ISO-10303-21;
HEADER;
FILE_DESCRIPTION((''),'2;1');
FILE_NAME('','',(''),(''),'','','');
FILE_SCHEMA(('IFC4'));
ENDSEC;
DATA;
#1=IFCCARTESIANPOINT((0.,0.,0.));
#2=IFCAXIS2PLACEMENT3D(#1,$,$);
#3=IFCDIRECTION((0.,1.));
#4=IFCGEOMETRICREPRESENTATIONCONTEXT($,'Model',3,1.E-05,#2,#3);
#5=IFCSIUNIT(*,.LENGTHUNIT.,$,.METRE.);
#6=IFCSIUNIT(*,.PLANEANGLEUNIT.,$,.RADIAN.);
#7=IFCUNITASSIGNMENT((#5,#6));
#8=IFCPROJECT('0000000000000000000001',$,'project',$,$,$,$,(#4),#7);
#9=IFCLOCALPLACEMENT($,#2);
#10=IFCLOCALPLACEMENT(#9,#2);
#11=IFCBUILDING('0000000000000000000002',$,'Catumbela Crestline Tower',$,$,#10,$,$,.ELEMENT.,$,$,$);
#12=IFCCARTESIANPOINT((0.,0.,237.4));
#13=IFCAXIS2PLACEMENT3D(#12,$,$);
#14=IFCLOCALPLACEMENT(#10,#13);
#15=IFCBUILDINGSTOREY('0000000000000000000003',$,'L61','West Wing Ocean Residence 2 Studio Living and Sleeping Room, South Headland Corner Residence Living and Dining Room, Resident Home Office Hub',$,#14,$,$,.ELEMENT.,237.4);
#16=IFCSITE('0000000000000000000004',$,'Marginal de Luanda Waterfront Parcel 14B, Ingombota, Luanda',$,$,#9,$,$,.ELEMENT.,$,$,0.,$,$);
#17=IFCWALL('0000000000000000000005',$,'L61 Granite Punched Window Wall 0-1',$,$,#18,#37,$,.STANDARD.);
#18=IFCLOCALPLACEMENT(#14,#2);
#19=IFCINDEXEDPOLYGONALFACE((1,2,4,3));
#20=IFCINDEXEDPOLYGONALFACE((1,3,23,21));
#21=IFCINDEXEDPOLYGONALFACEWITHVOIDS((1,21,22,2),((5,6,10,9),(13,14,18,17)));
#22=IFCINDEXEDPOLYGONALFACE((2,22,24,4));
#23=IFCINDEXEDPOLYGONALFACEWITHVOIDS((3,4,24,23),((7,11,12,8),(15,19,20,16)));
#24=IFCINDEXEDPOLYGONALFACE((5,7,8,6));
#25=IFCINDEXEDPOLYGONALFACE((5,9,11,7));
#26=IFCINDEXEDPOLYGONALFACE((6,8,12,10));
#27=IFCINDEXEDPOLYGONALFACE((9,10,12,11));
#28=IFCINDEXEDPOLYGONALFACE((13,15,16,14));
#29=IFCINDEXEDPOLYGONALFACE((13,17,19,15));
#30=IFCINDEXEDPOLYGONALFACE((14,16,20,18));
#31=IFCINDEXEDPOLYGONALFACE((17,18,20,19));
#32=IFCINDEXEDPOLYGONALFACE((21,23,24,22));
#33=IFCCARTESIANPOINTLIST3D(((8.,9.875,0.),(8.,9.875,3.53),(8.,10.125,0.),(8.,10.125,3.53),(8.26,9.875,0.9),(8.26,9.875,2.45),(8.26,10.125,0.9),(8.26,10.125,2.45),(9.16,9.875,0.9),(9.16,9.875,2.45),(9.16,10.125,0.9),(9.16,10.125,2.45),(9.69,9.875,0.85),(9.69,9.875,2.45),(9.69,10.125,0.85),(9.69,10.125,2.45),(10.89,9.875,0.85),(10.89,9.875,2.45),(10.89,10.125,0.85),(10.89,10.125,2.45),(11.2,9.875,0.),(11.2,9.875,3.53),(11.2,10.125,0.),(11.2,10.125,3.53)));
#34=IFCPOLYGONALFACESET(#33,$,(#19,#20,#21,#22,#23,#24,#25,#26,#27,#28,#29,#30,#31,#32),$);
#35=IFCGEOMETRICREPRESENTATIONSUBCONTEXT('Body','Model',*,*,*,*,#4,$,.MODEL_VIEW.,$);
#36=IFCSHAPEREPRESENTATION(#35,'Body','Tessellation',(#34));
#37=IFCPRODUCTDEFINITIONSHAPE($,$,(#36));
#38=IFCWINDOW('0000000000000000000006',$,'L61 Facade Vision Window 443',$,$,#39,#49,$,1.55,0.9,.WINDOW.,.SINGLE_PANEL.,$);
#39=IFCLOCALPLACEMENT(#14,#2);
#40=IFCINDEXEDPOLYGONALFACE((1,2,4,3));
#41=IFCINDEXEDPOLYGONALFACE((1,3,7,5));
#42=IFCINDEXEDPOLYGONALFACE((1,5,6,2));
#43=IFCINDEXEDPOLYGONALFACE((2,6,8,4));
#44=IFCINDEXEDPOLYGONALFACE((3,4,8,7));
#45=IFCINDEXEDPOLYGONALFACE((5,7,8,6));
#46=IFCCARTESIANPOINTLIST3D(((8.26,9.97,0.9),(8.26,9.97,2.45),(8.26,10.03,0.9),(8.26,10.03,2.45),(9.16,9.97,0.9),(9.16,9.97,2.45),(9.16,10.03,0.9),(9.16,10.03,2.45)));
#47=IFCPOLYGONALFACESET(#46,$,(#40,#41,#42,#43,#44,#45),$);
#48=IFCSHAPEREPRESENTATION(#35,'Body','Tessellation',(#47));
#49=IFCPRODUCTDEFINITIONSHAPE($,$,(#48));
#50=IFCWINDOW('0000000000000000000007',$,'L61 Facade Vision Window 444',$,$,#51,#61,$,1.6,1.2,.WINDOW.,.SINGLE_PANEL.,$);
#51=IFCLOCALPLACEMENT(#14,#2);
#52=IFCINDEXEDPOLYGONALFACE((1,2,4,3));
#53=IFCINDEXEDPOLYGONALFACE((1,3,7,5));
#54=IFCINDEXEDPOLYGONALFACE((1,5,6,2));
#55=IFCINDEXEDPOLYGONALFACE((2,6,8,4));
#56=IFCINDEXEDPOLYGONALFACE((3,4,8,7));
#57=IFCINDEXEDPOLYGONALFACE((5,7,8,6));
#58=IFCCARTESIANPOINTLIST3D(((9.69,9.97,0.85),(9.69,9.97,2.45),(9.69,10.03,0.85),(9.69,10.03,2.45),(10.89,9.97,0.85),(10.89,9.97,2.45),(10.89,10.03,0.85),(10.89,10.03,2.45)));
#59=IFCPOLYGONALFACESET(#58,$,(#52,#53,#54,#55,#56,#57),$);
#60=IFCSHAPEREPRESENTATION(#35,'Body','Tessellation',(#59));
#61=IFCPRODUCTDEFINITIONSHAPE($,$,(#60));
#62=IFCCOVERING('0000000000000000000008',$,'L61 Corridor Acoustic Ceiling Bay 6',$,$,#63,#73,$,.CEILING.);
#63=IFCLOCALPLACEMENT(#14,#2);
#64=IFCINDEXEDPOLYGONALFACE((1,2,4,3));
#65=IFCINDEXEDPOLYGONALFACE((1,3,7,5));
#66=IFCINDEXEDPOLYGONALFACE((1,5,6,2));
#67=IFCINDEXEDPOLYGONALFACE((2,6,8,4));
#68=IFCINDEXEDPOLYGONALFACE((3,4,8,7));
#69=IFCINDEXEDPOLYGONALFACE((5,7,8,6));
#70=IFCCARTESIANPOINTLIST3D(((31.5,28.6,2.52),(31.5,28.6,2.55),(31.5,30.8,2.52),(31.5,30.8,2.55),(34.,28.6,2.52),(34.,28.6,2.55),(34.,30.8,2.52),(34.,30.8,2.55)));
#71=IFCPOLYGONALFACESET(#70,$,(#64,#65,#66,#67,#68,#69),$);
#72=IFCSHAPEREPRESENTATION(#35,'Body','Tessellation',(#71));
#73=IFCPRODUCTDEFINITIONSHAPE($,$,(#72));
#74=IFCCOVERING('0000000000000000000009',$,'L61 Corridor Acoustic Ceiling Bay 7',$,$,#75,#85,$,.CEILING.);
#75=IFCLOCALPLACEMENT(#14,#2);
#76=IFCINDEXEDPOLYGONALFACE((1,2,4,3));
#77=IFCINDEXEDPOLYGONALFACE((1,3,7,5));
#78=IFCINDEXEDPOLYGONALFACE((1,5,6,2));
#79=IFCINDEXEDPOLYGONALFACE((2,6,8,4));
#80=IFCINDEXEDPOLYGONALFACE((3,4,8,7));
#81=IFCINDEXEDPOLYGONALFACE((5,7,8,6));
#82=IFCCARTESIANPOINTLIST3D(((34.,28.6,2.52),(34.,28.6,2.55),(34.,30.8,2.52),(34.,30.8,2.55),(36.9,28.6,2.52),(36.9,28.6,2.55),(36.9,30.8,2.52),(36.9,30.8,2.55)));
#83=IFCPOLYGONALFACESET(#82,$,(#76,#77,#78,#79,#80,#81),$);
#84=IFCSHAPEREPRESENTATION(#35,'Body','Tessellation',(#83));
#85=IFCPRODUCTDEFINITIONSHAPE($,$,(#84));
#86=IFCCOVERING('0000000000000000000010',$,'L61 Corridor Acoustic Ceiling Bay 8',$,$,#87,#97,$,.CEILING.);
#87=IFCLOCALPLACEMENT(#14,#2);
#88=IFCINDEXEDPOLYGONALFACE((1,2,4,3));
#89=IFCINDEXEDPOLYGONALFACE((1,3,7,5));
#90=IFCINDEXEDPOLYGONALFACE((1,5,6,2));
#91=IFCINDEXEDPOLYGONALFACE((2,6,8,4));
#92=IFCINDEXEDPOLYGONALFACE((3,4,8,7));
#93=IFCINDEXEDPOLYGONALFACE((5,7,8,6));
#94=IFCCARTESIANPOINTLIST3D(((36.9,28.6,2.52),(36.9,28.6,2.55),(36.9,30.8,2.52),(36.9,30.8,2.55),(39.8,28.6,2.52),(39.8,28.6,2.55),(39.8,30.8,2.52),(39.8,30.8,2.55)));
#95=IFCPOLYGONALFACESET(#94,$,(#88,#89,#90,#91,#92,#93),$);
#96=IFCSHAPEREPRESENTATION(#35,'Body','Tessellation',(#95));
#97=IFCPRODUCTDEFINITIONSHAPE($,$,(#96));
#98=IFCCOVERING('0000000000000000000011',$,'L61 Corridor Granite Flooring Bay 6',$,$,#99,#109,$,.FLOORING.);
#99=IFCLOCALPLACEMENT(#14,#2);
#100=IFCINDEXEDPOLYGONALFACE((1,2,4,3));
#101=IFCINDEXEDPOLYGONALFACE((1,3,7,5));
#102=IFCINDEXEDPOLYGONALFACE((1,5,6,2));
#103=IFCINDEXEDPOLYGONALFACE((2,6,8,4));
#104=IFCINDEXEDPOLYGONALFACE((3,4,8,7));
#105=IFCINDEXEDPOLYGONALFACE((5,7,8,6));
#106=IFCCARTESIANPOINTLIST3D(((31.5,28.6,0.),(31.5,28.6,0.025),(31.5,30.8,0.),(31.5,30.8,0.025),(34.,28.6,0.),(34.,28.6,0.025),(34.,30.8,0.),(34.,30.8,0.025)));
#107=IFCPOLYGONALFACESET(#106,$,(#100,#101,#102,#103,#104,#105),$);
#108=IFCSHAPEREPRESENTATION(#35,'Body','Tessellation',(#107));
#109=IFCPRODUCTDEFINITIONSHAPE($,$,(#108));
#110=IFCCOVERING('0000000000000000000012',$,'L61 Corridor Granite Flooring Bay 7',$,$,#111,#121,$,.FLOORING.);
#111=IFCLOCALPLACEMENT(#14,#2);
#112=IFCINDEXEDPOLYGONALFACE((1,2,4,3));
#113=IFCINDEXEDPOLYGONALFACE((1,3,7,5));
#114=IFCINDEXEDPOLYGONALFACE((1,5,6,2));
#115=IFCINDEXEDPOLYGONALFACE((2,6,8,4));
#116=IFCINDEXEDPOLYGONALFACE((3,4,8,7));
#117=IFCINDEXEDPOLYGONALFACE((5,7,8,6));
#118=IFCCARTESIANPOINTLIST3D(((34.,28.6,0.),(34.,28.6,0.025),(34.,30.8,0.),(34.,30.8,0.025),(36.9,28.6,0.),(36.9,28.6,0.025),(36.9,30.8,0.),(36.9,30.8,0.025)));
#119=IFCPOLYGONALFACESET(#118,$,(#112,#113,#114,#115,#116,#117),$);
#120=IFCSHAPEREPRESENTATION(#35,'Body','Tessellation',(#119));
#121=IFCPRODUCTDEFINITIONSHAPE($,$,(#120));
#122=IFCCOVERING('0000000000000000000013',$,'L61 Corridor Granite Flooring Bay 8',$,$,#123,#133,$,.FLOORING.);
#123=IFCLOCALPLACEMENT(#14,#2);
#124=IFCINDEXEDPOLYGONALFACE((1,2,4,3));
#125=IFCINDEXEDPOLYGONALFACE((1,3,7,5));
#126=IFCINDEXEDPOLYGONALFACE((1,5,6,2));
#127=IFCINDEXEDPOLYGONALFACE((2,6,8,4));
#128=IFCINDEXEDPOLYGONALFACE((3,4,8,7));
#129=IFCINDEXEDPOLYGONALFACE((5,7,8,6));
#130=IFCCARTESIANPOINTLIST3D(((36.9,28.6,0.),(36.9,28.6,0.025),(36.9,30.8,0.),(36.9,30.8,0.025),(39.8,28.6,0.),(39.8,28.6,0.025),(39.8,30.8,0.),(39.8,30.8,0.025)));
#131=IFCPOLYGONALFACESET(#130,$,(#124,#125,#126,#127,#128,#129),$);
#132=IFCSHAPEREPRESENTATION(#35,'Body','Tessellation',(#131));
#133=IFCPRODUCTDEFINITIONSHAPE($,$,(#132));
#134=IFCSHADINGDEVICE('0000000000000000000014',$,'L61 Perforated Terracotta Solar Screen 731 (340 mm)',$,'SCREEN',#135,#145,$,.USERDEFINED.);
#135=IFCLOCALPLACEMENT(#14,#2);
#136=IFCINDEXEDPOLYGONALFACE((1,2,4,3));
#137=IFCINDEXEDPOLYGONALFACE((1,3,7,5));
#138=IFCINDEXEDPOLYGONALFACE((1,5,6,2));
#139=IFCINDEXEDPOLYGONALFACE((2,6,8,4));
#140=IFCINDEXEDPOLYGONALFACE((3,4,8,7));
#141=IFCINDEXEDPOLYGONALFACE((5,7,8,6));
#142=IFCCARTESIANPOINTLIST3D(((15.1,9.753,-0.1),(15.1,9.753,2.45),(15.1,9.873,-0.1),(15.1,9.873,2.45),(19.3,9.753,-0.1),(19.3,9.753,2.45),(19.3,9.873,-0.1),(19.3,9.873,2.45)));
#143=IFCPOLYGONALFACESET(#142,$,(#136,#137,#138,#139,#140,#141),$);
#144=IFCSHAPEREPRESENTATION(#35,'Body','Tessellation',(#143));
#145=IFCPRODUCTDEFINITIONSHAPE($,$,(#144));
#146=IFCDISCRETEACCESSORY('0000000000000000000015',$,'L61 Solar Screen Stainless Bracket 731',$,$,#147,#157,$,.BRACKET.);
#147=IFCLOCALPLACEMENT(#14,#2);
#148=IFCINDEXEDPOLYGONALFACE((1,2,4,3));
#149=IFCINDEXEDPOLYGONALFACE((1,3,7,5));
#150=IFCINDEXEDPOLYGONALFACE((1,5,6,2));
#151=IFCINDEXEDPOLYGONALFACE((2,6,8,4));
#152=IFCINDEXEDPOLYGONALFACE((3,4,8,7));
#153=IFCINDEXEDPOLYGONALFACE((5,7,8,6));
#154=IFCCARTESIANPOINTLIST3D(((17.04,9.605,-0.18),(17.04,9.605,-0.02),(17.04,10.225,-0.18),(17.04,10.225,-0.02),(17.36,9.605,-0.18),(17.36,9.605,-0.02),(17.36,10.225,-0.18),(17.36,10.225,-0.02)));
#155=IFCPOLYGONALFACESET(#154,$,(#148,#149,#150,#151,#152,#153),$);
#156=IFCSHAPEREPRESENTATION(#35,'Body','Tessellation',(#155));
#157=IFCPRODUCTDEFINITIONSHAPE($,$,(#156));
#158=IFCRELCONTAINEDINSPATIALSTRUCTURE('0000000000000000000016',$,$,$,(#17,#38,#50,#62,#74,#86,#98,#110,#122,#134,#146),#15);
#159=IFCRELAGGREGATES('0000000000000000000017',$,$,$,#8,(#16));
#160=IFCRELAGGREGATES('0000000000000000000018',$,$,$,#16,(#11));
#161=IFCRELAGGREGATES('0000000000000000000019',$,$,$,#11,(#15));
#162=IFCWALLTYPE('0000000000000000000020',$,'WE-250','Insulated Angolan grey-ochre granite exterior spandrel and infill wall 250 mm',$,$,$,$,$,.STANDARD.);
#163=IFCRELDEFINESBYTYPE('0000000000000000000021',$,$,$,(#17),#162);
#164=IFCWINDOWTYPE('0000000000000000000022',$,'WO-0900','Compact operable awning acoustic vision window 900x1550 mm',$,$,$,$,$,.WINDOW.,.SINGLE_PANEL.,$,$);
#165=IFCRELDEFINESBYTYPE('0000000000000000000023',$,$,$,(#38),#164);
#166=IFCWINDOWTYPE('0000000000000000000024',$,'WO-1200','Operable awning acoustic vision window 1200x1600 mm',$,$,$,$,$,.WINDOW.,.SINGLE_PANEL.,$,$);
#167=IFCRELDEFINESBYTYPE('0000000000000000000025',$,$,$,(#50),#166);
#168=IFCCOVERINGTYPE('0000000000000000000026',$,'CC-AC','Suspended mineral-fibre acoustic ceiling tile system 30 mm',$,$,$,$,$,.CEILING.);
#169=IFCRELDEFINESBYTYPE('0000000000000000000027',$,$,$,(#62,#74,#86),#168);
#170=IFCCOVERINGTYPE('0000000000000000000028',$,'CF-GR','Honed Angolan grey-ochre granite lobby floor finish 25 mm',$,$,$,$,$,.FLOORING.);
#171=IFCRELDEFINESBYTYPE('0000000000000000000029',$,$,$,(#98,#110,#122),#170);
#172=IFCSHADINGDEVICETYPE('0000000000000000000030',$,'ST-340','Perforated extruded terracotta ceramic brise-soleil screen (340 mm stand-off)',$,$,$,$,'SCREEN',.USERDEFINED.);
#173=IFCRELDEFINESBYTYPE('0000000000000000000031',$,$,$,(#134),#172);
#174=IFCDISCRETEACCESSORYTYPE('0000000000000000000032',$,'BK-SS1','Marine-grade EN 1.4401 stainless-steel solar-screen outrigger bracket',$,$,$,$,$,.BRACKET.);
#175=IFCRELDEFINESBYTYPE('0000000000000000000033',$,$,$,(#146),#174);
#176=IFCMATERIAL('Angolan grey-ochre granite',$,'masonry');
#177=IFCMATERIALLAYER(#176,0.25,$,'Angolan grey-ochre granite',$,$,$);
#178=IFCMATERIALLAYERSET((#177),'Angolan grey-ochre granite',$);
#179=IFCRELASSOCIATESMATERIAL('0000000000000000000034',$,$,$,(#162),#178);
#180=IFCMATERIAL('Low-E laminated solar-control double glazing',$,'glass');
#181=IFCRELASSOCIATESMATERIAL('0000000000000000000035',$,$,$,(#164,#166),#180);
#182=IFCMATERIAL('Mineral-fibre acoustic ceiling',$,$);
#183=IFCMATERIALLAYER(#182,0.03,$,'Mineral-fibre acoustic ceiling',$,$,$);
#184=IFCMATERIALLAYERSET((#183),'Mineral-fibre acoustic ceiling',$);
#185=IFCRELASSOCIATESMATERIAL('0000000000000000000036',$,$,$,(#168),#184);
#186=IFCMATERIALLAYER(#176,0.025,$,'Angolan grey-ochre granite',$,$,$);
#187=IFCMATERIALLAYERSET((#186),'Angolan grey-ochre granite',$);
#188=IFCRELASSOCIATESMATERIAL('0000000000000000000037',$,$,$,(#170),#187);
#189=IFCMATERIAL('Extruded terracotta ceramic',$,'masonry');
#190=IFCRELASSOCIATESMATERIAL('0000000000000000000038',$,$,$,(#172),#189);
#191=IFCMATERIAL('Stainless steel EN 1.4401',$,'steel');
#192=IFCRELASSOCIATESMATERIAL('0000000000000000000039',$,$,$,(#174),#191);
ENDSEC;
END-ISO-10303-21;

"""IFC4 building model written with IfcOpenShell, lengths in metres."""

from ifc_helpers import new_model, si_unit, direction, frame, frame_2d, origin, origin_2d, place, context, subcontext, project, spatial, polyline, rectangle, outline, extrude, material, layer, layer_set, type_object, element, fill, save


model = new_model("IFC4")

# Units and contexts
model_context = context("Model", 3, precision=1e-05, world=origin(), true_north=direction((0.0, 1.0)))
body_context = subcontext(model_context, "Body", "Model", "MODEL_VIEW")
ifc_project = project(units=[si_unit("LENGTHUNIT", "METRE"), si_unit("PLANEANGLEUNIT", "RADIAN")], contexts=[model_context])

# Site, building, storey
site_placement = place(None, origin())
site = spatial("IfcSite", under=ifc_project, at=site_placement, Name="Marginal de Luanda Waterfront Parcel 14B, Ingombota, Luanda", CompositionType="ELEMENT", RefElevation=0.0)
building_placement = place(site_placement, origin())
building = spatial("IfcBuilding", under=site, at=building_placement, Name="Catumbela Crestline Tower", CompositionType="ELEMENT")
storey_placement = place(building_placement, frame((0.0, 0.0, 237.4)))
storey = spatial("IfcBuildingStorey", under=building, at=storey_placement, Name="L61", Description="West Wing Ocean Residence 2 Studio Living and Sleeping Room, South Headland Corner Residence Living and Dining Room, Resident Home Office Hub", CompositionType="ELEMENT", Elevation=237.4)

# Shared definitions
ifc_material_1 = material(Name="Low-E laminated solar-control double glazing", Category="glass")

# Shared definitions
ifc_material_2 = material(Name="Angolan grey-ochre granite", Category="masonry")
ifc_layer_1 = layer(ifc_material_2, 0.25, Name="Angolan grey-ochre granite")
ifc_layer_set_1 = layer_set([ifc_layer_1], Name="Angolan grey-ochre granite")
wall_type = type_object("IfcWallType", Name="WE-250", Description="Insulated Angolan grey-ochre granite exterior spandrel and infill wall 250 mm", PredefinedType="STANDARD", material=ifc_layer_set_1)

# Wall, openings, windows
wall_1_placement = place(storey_placement, frame((8.0, 10.0, 0.0), z_axis=(0.0, 0.0, 1.0), x_axis=(1.0, 0.0, 0.0)))
wall_1 = element("IfcWall", 1, at=wall_1_placement, inside=storey, type_object=wall_type, Name="L61 Granite Punched Window Wall 0-1", PredefinedType="STANDARD", context=body_context, shape_type="SweptSolid", body=[
    extrude(rectangle(XDim=3.2, YDim=0.25, at=frame_2d((1.6, 0.0))), origin(), (0.0, 0.0, 1.0), 3.53),
])
opening_1_placement = place(wall_1_placement, frame((0.26, 0.0, 0.9)))
opening_1 = element("IfcOpeningElement", 2, at=opening_1_placement, cuts=wall_1, PredefinedType="OPENING", context=body_context, shape_type="SweptSolid", body=[
    extrude(rectangle(XDim=0.9, YDim=1.55, at=frame_2d((0.45, 0.775))), frame((0.0, 0.135, 0.0), z_axis=(0.0, -1.0, 0.0), x_axis=(1.0, 0.0, 0.0)), (0.0, 0.0, 1.0), 0.27),
])
opening_2_placement = place(wall_1_placement, frame((1.69, 0.0, 0.85)))
opening_2 = element("IfcOpeningElement", 3, at=opening_2_placement, cuts=wall_1, PredefinedType="OPENING", context=body_context, shape_type="SweptSolid", body=[
    extrude(rectangle(XDim=1.2, YDim=1.6, at=frame_2d((0.6, 0.8))), frame((0.0, 0.135, 0.0), z_axis=(0.0, -1.0, 0.0), x_axis=(1.0, 0.0, 0.0)), (0.0, 0.0, 1.0), 0.27),
])
window_type_1 = type_object("IfcWindowType", Name="WO-0900", Description="Compact operable awning acoustic vision window 900x1550 mm", PartitioningType="SINGLE_PANEL", PredefinedType="WINDOW", material=ifc_material_1)
window_1_placement = place(opening_1_placement, origin())
window_1 = element("IfcWindow", 4, at=window_1_placement, inside=storey, type_object=window_type_1, Name="L61 Facade Vision Window 443", OverallHeight=1.55, OverallWidth=0.9, PartitioningType="SINGLE_PANEL", PredefinedType="WINDOW", context=body_context, shape_type="SweptSolid", body=[
    extrude(rectangle(XDim=0.9, YDim=1.55, at=frame_2d((0.45, 0.775))), frame((0.0, 0.03, 0.0), z_axis=(0.0, -1.0, 0.0), x_axis=(1.0, 0.0, 0.0)), (0.0, 0.0, 1.0), 0.06),
])
fill(opening_1, window_1)
window_type_2 = type_object("IfcWindowType", Name="WO-1200", Description="Operable awning acoustic vision window 1200x1600 mm", PartitioningType="SINGLE_PANEL", PredefinedType="WINDOW", material=ifc_material_1)
window_2_placement = place(opening_2_placement, origin())
window_2 = element("IfcWindow", 5, at=window_2_placement, inside=storey, type_object=window_type_2, Name="L61 Facade Vision Window 444", OverallHeight=1.6, OverallWidth=1.2, PartitioningType="SINGLE_PANEL", PredefinedType="WINDOW", context=body_context, shape_type="SweptSolid", body=[
    extrude(rectangle(XDim=1.2, YDim=1.6, at=frame_2d((0.6, 0.8))), frame((0.0, 0.03, 0.0), z_axis=(0.0, -1.0, 0.0), x_axis=(1.0, 0.0, 0.0)), (0.0, 0.0, 1.0), 0.06),
])
fill(opening_2, window_2)

# Coverings
ifc_material_3 = material(Name="Mineral-fibre acoustic ceiling")
ifc_layer_2 = layer(ifc_material_3, 0.03, Name="Mineral-fibre acoustic ceiling")
ifc_layer_set_2 = layer_set([ifc_layer_2], Name="Mineral-fibre acoustic ceiling")
covering_type_1 = type_object("IfcCoveringType", Name="CC-AC", Description="Suspended mineral-fibre acoustic ceiling tile system 30 mm", PredefinedType="CEILING", material=ifc_layer_set_2)
covering_1_placement = place(storey_placement, frame((0.0, 0.0, 2.52)))
element("IfcCovering", 6, at=covering_1_placement, inside=storey, type_object=covering_type_1, Name="L61 Corridor Acoustic Ceiling Bay 6", PredefinedType="CEILING", context=body_context, shape_type="SweptSolid", body=[
    extrude(outline(polyline([(31.5, 28.6), (34.0, 28.6), (34.0, 30.8), (31.5, 30.8), (31.5, 28.6)])), origin(), (0.0, 0.0, 1.0), 0.03),
])
covering_2_placement = place(storey_placement, frame((0.0, 0.0, 2.52)))
element("IfcCovering", 7, at=covering_2_placement, inside=storey, type_object=covering_type_1, Name="L61 Corridor Acoustic Ceiling Bay 7", PredefinedType="CEILING", context=body_context, shape_type="SweptSolid", body=[
    extrude(outline(polyline([(34.0, 28.6), (36.9, 28.6), (36.9, 30.8), (34.0, 30.8), (34.0, 28.6)])), origin(), (0.0, 0.0, 1.0), 0.03),
])
covering_3_placement = place(storey_placement, frame((0.0, 0.0, 2.52)))
element("IfcCovering", 8, at=covering_3_placement, inside=storey, type_object=covering_type_1, Name="L61 Corridor Acoustic Ceiling Bay 8", PredefinedType="CEILING", context=body_context, shape_type="SweptSolid", body=[
    extrude(outline(polyline([(36.9, 28.6), (39.8, 28.6), (39.8, 30.8), (36.9, 30.8), (36.9, 28.6)])), origin(), (0.0, 0.0, 1.0), 0.03),
])
ifc_layer_3 = layer(ifc_material_2, 0.025, Name="Angolan grey-ochre granite")
ifc_layer_set_3 = layer_set([ifc_layer_3], Name="Angolan grey-ochre granite")
covering_type_2 = type_object("IfcCoveringType", Name="CF-GR", Description="Honed Angolan grey-ochre granite lobby floor finish 25 mm", PredefinedType="FLOORING", material=ifc_layer_set_3)
covering_4_placement = place(storey_placement, origin())
element("IfcCovering", 9, at=covering_4_placement, inside=storey, type_object=covering_type_2, Name="L61 Corridor Granite Flooring Bay 6", PredefinedType="FLOORING", context=body_context, shape_type="SweptSolid", body=[
    extrude(outline(polyline([(31.5, 28.6), (34.0, 28.6), (34.0, 30.8), (31.5, 30.8), (31.5, 28.6)])), origin(), (0.0, 0.0, 1.0), 0.025),
])
covering_5_placement = place(storey_placement, origin())
element("IfcCovering", 10, at=covering_5_placement, inside=storey, type_object=covering_type_2, Name="L61 Corridor Granite Flooring Bay 7", PredefinedType="FLOORING", context=body_context, shape_type="SweptSolid", body=[
    extrude(outline(polyline([(34.0, 28.6), (36.9, 28.6), (36.9, 30.8), (34.0, 30.8), (34.0, 28.6)])), origin(), (0.0, 0.0, 1.0), 0.025),
])
covering_6_placement = place(storey_placement, origin())
element("IfcCovering", 11, at=covering_6_placement, inside=storey, type_object=covering_type_2, Name="L61 Corridor Granite Flooring Bay 8", PredefinedType="FLOORING", context=body_context, shape_type="SweptSolid", body=[
    extrude(outline(polyline([(36.9, 28.6), (39.8, 28.6), (39.8, 30.8), (36.9, 30.8), (36.9, 28.6)])), origin(), (0.0, 0.0, 1.0), 0.025),
])

# Shared definitions
ifc_material_4 = material(Name="Stainless steel EN 1.4401", Category="steel")

# Shading device
ifc_material_5 = material(Name="Extruded terracotta ceramic", Category="masonry")
shading_device_type = type_object("IfcShadingDeviceType", Name="ST-340", Description="Perforated extruded terracotta ceramic brise-soleil screen (340 mm stand-off)", ElementType="SCREEN", PredefinedType="USERDEFINED", material=ifc_material_5)
shading_device_placement = place(storey_placement, frame((17.2, 9.813, -0.1), z_axis=(0.0, 0.0, 1.0), x_axis=(1.0, 0.0, 0.0)))
element("IfcShadingDevice", 12, at=shading_device_placement, inside=storey, type_object=shading_device_type, Name="L61 Perforated Terracotta Solar Screen 731 (340 mm)", ObjectType="SCREEN", PredefinedType="USERDEFINED", context=body_context, shape_type="SweptSolid", body=[
    extrude(rectangle(XDim=4.2, YDim=0.12, at=origin_2d()), origin(), (0.0, 0.0, 1.0), 2.55),
])

# Discrete accessory
discrete_accessory_type = type_object("IfcDiscreteAccessoryType", Name="BK-SS1", Description="Marine-grade EN 1.4401 stainless-steel solar-screen outrigger bracket", PredefinedType="BRACKET", material=ifc_material_4)
discrete_accessory_placement = place(storey_placement, frame((17.2, 9.915, -0.18), z_axis=(0.0, 0.0, 1.0), x_axis=(1.0, 0.0, 0.0)))
element("IfcDiscreteAccessory", 13, at=discrete_accessory_placement, inside=storey, type_object=discrete_accessory_type, Name="L61 Solar Screen Stainless Bracket 731", PredefinedType="BRACKET", context=body_context, shape_type="SweptSolid", body=[
    extrude(rectangle(XDim=0.32, YDim=0.62, at=origin_2d()), origin(), (0.0, 0.0, 1.0), 0.16),
])

save(model, "model.ifc")
